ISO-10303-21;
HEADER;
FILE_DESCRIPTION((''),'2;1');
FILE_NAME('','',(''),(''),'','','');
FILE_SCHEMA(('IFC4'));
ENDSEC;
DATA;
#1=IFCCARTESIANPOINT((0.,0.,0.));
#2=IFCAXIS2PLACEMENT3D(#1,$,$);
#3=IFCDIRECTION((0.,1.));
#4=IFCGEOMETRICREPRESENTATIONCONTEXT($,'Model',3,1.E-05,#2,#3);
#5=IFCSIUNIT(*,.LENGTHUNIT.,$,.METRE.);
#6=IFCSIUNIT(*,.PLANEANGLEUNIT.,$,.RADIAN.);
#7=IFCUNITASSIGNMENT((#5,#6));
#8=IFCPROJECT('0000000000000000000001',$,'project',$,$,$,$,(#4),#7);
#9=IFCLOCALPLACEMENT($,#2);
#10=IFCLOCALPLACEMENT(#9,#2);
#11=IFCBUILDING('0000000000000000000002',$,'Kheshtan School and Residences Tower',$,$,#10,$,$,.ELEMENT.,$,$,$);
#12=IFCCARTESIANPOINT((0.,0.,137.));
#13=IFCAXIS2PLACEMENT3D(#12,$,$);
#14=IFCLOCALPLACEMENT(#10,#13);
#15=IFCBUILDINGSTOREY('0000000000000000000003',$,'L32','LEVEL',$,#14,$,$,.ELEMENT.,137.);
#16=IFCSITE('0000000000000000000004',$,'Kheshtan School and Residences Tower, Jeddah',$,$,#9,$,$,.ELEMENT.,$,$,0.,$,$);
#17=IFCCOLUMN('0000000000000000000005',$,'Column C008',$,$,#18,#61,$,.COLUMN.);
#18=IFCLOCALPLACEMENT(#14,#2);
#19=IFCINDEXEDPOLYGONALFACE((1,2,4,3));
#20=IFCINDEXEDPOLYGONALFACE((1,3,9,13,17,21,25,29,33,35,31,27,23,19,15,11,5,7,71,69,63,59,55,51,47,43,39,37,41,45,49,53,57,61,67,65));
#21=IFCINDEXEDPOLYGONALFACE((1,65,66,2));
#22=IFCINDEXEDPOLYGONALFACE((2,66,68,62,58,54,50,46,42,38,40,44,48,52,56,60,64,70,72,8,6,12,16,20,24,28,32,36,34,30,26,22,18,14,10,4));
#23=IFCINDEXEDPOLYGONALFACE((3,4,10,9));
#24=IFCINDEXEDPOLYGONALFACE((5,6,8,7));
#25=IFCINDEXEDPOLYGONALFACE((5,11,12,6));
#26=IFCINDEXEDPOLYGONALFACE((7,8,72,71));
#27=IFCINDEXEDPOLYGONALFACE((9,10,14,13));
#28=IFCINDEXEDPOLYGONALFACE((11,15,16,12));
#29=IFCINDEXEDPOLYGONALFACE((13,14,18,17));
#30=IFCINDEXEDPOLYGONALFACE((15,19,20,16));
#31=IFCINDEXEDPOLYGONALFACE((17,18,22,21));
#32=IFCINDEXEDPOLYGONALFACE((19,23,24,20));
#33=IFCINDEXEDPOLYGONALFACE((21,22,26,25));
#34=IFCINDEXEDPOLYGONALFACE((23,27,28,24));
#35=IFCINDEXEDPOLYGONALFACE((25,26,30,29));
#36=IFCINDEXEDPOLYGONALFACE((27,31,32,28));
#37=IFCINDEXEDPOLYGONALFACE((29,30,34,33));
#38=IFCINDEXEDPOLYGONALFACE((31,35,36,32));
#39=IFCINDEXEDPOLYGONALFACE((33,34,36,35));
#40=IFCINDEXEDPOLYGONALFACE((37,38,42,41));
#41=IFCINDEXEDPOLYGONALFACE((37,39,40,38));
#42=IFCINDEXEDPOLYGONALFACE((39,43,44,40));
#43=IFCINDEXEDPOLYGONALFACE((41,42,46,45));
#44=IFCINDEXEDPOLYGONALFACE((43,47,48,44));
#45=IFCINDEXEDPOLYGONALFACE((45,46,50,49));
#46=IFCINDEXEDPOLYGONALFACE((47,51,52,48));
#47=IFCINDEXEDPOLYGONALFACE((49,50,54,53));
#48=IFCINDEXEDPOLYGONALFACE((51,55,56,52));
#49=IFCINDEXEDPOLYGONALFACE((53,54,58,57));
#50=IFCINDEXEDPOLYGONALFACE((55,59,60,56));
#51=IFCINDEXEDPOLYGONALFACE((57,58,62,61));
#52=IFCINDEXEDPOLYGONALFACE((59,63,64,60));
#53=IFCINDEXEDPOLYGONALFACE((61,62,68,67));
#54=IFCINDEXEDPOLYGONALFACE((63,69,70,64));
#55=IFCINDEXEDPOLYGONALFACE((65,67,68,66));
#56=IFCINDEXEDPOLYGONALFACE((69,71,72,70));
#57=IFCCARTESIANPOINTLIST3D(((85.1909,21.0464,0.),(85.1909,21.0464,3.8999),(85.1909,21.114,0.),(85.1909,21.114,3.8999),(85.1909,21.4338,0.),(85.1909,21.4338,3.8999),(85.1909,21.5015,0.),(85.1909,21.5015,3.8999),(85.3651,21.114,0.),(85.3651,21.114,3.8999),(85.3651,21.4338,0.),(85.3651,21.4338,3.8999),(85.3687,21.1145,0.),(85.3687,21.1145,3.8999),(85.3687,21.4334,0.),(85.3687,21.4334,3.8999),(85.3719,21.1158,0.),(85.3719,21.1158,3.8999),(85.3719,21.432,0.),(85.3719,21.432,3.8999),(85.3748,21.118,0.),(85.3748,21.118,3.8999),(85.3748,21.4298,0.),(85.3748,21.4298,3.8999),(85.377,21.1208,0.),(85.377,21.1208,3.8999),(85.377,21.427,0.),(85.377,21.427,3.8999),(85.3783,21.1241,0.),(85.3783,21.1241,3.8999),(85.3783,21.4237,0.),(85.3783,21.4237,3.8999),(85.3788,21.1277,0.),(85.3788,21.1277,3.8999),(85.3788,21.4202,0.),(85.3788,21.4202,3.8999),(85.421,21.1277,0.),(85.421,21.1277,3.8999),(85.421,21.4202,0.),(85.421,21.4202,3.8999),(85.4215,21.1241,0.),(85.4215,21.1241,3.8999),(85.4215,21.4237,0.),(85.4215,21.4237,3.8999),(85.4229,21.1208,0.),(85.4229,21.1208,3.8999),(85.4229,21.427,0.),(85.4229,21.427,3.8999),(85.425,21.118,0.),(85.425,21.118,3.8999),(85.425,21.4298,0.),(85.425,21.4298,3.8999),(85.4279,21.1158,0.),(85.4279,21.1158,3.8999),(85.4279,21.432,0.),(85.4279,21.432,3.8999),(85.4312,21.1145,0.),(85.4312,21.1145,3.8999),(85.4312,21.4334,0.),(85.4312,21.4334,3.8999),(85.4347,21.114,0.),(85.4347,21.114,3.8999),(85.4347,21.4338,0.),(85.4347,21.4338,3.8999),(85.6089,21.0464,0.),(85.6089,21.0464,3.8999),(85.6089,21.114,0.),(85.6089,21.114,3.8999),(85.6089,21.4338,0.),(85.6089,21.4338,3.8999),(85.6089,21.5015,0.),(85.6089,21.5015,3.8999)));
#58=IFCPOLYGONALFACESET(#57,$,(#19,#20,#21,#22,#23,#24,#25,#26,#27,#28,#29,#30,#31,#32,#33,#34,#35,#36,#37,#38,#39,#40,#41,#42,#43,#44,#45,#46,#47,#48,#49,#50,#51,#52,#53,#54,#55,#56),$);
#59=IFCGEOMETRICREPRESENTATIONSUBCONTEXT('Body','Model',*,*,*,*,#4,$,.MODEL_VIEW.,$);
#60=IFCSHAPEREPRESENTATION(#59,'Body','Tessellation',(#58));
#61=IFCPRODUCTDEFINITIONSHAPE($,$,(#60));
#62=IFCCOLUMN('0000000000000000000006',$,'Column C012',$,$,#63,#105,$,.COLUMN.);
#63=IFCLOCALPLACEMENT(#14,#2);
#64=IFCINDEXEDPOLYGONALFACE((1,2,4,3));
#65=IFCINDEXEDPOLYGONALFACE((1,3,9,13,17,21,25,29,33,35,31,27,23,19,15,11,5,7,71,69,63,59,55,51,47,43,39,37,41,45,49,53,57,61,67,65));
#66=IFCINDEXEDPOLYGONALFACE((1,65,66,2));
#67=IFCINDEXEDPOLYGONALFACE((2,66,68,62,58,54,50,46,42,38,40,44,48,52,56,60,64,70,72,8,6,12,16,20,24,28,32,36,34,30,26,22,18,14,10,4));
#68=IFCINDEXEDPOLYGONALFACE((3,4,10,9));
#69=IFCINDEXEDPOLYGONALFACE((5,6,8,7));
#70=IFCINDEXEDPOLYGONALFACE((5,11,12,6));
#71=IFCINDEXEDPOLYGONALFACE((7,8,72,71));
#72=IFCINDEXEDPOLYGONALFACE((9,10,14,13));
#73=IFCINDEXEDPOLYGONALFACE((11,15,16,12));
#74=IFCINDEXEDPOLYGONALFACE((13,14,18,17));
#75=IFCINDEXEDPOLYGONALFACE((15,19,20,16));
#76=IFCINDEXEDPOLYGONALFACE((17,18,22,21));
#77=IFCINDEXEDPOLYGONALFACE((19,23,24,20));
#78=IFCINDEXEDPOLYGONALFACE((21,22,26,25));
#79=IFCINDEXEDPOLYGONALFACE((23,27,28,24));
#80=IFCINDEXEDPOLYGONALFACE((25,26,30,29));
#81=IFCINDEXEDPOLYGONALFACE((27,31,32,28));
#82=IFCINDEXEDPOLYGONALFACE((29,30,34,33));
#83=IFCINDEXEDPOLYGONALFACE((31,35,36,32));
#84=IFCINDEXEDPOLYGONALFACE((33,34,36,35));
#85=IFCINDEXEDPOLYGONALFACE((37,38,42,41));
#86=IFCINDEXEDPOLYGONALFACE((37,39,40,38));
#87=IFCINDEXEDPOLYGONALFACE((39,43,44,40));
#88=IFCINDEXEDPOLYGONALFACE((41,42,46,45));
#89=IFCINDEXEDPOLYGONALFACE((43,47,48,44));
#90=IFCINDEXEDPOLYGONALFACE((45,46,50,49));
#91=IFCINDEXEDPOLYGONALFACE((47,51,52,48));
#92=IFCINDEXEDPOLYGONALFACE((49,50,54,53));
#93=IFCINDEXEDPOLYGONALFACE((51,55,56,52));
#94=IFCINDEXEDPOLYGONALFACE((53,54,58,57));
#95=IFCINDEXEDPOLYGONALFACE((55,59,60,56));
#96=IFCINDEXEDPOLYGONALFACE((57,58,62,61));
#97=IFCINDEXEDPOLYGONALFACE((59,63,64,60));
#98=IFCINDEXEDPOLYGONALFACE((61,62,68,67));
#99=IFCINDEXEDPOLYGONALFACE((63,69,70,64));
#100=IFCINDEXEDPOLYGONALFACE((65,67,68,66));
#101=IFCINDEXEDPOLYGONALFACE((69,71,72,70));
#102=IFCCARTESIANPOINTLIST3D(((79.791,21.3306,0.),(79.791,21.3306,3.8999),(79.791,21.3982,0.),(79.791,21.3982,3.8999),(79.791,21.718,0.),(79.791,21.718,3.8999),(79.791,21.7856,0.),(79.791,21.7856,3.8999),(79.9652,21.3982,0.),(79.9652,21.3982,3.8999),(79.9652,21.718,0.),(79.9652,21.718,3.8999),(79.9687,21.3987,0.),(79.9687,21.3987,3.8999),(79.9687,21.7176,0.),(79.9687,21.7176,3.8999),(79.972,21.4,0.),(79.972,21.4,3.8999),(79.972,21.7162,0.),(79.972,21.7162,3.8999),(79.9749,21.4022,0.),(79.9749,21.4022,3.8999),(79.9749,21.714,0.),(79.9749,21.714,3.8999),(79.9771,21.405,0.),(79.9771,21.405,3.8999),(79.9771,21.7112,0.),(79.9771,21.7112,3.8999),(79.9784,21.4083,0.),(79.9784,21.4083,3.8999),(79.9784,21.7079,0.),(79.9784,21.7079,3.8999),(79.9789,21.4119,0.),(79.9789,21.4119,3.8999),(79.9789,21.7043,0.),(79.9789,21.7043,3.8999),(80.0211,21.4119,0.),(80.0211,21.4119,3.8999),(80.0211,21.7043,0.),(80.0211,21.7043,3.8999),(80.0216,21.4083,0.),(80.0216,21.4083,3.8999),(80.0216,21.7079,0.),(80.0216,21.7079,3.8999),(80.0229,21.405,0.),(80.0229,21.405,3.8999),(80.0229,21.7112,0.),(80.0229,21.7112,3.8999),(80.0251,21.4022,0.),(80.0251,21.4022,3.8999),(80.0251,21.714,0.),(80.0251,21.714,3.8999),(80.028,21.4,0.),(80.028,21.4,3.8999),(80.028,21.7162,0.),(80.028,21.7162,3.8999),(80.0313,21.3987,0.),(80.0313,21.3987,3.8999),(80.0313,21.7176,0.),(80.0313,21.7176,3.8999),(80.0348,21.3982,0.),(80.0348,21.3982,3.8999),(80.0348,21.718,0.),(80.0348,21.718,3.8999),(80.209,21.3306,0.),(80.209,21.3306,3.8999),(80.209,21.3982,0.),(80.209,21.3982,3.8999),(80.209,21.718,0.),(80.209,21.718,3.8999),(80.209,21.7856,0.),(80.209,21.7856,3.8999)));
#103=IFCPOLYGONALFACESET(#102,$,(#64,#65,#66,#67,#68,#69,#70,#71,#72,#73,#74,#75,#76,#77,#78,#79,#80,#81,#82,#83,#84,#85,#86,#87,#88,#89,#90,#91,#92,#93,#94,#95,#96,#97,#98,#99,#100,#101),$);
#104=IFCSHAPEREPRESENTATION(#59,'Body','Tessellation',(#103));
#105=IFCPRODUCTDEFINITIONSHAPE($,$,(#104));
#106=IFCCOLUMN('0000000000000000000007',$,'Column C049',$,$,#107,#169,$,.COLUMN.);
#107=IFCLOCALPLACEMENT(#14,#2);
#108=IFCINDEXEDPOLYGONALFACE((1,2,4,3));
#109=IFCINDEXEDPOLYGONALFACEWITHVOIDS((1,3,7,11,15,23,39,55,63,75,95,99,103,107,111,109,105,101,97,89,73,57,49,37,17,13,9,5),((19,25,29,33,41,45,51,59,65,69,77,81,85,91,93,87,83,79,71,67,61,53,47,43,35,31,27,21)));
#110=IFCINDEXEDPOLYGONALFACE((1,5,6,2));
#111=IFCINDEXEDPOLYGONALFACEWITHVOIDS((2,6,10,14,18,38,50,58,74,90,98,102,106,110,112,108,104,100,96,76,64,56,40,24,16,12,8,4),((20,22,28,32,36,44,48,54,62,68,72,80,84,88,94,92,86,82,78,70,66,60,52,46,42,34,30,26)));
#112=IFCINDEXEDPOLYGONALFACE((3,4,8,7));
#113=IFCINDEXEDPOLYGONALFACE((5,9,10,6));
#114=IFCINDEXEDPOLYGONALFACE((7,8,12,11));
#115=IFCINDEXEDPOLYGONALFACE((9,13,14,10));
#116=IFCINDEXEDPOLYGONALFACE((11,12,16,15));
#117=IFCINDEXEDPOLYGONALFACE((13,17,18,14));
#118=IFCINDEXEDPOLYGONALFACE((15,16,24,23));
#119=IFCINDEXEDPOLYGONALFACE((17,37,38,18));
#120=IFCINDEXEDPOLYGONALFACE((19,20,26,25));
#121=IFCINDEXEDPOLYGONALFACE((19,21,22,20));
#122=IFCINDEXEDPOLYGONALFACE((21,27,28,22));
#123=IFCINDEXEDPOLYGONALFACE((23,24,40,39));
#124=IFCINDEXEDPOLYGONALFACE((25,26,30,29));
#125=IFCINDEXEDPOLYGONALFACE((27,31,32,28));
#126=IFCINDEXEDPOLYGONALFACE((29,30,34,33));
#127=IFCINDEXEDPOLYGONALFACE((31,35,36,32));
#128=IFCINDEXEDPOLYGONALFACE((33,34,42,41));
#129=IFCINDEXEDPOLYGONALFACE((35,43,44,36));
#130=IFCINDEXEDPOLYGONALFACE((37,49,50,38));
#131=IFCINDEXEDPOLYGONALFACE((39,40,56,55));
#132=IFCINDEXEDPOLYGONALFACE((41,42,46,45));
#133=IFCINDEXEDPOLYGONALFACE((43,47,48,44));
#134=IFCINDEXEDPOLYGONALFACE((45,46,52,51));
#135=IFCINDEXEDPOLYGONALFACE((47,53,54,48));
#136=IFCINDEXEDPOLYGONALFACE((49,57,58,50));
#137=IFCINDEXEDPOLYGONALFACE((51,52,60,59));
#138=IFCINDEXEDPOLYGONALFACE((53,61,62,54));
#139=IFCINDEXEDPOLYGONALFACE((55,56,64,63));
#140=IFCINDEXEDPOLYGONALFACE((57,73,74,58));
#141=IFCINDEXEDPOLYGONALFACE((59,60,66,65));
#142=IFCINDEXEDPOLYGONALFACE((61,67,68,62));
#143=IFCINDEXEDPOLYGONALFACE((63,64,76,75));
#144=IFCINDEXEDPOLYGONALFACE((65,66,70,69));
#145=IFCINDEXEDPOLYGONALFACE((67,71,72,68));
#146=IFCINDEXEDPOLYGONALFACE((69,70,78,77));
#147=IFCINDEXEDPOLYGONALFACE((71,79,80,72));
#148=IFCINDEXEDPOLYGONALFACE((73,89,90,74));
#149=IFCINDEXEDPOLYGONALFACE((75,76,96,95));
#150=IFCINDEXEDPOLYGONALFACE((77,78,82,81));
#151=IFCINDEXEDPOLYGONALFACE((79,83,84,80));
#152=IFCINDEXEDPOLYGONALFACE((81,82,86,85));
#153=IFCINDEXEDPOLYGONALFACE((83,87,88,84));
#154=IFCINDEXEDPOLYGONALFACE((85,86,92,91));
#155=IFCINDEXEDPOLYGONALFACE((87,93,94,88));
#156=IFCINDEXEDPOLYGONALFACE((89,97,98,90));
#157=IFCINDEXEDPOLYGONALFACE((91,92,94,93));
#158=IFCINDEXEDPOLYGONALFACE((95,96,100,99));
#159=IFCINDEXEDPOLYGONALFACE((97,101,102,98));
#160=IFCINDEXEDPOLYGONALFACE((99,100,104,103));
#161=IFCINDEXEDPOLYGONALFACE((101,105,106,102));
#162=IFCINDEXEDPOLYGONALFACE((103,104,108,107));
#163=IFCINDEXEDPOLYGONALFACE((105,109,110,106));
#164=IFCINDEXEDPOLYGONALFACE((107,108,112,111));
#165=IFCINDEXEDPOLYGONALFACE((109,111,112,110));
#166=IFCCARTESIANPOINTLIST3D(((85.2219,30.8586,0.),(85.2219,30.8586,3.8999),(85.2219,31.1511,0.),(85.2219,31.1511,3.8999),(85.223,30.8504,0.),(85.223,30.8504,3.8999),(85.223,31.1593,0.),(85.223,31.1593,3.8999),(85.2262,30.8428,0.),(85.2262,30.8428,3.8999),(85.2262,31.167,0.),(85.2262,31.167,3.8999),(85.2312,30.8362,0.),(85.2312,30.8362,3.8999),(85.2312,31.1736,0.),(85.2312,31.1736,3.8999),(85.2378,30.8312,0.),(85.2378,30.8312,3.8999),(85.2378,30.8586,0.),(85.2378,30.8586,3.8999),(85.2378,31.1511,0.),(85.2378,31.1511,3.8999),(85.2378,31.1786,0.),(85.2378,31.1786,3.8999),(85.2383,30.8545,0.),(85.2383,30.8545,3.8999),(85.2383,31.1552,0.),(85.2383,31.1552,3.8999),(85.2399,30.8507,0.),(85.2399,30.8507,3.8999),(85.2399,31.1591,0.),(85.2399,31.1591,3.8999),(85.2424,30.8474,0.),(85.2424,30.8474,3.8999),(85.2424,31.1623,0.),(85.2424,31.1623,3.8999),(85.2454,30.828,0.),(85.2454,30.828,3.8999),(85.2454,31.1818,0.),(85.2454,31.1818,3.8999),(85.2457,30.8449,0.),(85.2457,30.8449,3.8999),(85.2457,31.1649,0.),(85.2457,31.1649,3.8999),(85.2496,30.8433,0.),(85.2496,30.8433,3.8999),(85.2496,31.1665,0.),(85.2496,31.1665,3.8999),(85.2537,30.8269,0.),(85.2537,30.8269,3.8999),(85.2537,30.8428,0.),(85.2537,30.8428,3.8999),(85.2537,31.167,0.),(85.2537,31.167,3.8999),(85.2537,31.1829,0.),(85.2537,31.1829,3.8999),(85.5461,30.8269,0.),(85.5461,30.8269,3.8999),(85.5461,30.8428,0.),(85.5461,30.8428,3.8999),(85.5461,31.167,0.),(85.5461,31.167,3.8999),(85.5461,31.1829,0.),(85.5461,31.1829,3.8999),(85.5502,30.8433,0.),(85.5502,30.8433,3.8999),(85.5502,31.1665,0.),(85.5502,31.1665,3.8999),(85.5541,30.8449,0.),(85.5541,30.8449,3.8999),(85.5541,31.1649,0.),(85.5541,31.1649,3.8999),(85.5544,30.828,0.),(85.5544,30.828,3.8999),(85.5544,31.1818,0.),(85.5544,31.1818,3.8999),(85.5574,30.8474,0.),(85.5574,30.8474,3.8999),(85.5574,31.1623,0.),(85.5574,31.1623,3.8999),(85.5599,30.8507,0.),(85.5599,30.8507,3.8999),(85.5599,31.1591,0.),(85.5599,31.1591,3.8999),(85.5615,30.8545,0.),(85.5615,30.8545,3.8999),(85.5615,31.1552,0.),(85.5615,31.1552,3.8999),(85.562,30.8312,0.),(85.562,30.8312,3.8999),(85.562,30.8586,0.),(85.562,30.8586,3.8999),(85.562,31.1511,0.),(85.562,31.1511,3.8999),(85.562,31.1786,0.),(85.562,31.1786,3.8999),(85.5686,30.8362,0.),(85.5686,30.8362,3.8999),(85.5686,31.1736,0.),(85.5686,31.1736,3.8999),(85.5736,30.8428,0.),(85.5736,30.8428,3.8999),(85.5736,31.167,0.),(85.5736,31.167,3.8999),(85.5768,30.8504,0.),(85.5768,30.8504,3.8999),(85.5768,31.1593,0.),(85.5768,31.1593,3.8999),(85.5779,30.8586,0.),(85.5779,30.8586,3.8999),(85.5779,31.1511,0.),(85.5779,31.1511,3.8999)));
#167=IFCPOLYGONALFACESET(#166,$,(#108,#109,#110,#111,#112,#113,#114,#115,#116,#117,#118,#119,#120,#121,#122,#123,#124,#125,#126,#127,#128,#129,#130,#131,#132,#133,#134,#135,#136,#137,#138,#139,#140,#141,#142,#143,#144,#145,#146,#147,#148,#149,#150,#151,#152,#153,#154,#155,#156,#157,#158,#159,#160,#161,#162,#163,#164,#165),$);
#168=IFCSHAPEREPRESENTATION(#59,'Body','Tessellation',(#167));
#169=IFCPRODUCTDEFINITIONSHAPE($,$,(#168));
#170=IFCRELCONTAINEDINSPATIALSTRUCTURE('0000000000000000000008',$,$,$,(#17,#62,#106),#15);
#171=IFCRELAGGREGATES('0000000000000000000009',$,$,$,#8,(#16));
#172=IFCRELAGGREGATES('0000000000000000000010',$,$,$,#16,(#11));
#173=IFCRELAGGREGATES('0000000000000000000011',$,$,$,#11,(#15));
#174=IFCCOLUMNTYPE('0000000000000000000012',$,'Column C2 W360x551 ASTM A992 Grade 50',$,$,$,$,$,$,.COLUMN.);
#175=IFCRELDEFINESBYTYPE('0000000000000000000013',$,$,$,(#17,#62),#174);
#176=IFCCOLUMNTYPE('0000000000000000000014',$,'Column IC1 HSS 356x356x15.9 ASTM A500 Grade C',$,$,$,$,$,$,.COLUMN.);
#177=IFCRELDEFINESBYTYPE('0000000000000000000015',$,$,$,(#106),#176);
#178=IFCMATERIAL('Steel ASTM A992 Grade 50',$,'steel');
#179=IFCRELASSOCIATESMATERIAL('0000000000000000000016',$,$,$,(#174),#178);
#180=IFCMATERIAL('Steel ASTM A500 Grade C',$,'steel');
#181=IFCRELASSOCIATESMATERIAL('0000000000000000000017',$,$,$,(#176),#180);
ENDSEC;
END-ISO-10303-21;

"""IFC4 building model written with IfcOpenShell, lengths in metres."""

from ifc_helpers import new_model, si_unit, direction, frame, origin, origin_2d, place, context, subcontext, project, spatial, hollow_rectangle, i_section, extrude, material, material_profile, profile_set, type_object, element, save


model = new_model("IFC4")

# Units and contexts
model_context = context("Model", 3, precision=1e-05, world=origin(), true_north=direction((0.0, 1.0)))
body_context = subcontext(model_context, "Body", "Model", "MODEL_VIEW")
ifc_project = project(units=[si_unit("LENGTHUNIT", "METRE"), si_unit("PLANEANGLEUNIT", "RADIAN")], contexts=[model_context])

# Site, building, storey
site_placement = place(None, origin())
site = spatial("IfcSite", under=ifc_project, at=site_placement, Name="Kheshtan School and Residences Tower, Jeddah", CompositionType="ELEMENT", RefElevation=0.0)
building_placement = place(site_placement, origin())
building = spatial("IfcBuilding", under=site, at=building_placement, Name="Kheshtan School and Residences Tower", CompositionType="ELEMENT")
storey_placement = place(building_placement, frame((0.0, 0.0, 137.0)))
storey = spatial("IfcBuildingStorey", under=building, at=storey_placement, Name="L32", Description="LEVEL", CompositionType="ELEMENT", Elevation=137.0)

# Columns
ifc_material_1 = material(Name="Steel ASTM A992 Grade 50", Category="steel")
ifc_material_profile_1 = material_profile(ifc_material_1, i_section(OverallWidth=0.418, OverallDepth=0.4551, WebThickness=0.0422, FlangeThickness=0.0676, FilletRadius=0.0137, at=origin_2d()), Name="W360x551")
ifc_profile_set_1 = profile_set([ifc_material_profile_1], Name="Steel ASTM A992 Grade 50")
column_type_1 = type_object("IfcColumnType", Name="Column C2 W360x551 ASTM A992 Grade 50", PredefinedType="COLUMN", material=ifc_profile_set_1)
for number, where, z_axis, x_axis, name in (
    (1, (85.3999, 21.2739, 0.0), (0.0, 0.0, 1.0), (1.0, 0.0, 0.0), "Column C008"),
    (2, (80.0, 21.5581, 0.0), (0.0, 0.0, 1.0), (1.0, 0.0, 0.0), "Column C012"),
):
    element("IfcColumn", number, at=place(storey_placement, frame(where, z_axis=z_axis, x_axis=x_axis)), inside=storey, type_object=column_type_1, Name=name, PredefinedType="COLUMN", context=body_context, shape_type="SweptSolid", body=[
        extrude(i_section(OverallWidth=0.418, OverallDepth=0.4551, WebThickness=0.0422, FlangeThickness=0.0676, FilletRadius=0.0137, at=origin_2d()), origin(), (0.0, 0.0, 1.0), 3.8999),
    ])
ifc_material_2 = material(Name="Steel ASTM A500 Grade C", Category="steel")
ifc_material_profile_2 = material_profile(ifc_material_2, hollow_rectangle(XDim=0.356, YDim=0.356, WallThickness=0.0159, InnerFilletRadius=0.0159, OuterFilletRadius=0.0317, at=origin_2d()), Name="HSS 356x356x15.9")
ifc_profile_set_2 = profile_set([ifc_material_profile_2], Name="Steel ASTM A500 Grade C")
column_type_2 = type_object("IfcColumnType", Name="Column IC1 HSS 356x356x15.9 ASTM A500 Grade C", PredefinedType="COLUMN", material=ifc_profile_set_2)
column_placement = place(storey_placement, frame((85.3999, 31.0049, 0.0), z_axis=(0.0, 0.0, 1.0), x_axis=(1.0, 0.0, 0.0)))
element("IfcColumn", 3, at=column_placement, inside=storey, type_object=column_type_2, Name="Column C049", PredefinedType="COLUMN", context=body_context, shape_type="SweptSolid", body=[
    extrude(hollow_rectangle(XDim=0.356, YDim=0.356, WallThickness=0.0159, InnerFilletRadius=0.0159, OuterFilletRadius=0.0317, at=origin_2d()), origin(), (0.0, 0.0, 1.0), 3.8999),
])

save(model, "model.ifc")
